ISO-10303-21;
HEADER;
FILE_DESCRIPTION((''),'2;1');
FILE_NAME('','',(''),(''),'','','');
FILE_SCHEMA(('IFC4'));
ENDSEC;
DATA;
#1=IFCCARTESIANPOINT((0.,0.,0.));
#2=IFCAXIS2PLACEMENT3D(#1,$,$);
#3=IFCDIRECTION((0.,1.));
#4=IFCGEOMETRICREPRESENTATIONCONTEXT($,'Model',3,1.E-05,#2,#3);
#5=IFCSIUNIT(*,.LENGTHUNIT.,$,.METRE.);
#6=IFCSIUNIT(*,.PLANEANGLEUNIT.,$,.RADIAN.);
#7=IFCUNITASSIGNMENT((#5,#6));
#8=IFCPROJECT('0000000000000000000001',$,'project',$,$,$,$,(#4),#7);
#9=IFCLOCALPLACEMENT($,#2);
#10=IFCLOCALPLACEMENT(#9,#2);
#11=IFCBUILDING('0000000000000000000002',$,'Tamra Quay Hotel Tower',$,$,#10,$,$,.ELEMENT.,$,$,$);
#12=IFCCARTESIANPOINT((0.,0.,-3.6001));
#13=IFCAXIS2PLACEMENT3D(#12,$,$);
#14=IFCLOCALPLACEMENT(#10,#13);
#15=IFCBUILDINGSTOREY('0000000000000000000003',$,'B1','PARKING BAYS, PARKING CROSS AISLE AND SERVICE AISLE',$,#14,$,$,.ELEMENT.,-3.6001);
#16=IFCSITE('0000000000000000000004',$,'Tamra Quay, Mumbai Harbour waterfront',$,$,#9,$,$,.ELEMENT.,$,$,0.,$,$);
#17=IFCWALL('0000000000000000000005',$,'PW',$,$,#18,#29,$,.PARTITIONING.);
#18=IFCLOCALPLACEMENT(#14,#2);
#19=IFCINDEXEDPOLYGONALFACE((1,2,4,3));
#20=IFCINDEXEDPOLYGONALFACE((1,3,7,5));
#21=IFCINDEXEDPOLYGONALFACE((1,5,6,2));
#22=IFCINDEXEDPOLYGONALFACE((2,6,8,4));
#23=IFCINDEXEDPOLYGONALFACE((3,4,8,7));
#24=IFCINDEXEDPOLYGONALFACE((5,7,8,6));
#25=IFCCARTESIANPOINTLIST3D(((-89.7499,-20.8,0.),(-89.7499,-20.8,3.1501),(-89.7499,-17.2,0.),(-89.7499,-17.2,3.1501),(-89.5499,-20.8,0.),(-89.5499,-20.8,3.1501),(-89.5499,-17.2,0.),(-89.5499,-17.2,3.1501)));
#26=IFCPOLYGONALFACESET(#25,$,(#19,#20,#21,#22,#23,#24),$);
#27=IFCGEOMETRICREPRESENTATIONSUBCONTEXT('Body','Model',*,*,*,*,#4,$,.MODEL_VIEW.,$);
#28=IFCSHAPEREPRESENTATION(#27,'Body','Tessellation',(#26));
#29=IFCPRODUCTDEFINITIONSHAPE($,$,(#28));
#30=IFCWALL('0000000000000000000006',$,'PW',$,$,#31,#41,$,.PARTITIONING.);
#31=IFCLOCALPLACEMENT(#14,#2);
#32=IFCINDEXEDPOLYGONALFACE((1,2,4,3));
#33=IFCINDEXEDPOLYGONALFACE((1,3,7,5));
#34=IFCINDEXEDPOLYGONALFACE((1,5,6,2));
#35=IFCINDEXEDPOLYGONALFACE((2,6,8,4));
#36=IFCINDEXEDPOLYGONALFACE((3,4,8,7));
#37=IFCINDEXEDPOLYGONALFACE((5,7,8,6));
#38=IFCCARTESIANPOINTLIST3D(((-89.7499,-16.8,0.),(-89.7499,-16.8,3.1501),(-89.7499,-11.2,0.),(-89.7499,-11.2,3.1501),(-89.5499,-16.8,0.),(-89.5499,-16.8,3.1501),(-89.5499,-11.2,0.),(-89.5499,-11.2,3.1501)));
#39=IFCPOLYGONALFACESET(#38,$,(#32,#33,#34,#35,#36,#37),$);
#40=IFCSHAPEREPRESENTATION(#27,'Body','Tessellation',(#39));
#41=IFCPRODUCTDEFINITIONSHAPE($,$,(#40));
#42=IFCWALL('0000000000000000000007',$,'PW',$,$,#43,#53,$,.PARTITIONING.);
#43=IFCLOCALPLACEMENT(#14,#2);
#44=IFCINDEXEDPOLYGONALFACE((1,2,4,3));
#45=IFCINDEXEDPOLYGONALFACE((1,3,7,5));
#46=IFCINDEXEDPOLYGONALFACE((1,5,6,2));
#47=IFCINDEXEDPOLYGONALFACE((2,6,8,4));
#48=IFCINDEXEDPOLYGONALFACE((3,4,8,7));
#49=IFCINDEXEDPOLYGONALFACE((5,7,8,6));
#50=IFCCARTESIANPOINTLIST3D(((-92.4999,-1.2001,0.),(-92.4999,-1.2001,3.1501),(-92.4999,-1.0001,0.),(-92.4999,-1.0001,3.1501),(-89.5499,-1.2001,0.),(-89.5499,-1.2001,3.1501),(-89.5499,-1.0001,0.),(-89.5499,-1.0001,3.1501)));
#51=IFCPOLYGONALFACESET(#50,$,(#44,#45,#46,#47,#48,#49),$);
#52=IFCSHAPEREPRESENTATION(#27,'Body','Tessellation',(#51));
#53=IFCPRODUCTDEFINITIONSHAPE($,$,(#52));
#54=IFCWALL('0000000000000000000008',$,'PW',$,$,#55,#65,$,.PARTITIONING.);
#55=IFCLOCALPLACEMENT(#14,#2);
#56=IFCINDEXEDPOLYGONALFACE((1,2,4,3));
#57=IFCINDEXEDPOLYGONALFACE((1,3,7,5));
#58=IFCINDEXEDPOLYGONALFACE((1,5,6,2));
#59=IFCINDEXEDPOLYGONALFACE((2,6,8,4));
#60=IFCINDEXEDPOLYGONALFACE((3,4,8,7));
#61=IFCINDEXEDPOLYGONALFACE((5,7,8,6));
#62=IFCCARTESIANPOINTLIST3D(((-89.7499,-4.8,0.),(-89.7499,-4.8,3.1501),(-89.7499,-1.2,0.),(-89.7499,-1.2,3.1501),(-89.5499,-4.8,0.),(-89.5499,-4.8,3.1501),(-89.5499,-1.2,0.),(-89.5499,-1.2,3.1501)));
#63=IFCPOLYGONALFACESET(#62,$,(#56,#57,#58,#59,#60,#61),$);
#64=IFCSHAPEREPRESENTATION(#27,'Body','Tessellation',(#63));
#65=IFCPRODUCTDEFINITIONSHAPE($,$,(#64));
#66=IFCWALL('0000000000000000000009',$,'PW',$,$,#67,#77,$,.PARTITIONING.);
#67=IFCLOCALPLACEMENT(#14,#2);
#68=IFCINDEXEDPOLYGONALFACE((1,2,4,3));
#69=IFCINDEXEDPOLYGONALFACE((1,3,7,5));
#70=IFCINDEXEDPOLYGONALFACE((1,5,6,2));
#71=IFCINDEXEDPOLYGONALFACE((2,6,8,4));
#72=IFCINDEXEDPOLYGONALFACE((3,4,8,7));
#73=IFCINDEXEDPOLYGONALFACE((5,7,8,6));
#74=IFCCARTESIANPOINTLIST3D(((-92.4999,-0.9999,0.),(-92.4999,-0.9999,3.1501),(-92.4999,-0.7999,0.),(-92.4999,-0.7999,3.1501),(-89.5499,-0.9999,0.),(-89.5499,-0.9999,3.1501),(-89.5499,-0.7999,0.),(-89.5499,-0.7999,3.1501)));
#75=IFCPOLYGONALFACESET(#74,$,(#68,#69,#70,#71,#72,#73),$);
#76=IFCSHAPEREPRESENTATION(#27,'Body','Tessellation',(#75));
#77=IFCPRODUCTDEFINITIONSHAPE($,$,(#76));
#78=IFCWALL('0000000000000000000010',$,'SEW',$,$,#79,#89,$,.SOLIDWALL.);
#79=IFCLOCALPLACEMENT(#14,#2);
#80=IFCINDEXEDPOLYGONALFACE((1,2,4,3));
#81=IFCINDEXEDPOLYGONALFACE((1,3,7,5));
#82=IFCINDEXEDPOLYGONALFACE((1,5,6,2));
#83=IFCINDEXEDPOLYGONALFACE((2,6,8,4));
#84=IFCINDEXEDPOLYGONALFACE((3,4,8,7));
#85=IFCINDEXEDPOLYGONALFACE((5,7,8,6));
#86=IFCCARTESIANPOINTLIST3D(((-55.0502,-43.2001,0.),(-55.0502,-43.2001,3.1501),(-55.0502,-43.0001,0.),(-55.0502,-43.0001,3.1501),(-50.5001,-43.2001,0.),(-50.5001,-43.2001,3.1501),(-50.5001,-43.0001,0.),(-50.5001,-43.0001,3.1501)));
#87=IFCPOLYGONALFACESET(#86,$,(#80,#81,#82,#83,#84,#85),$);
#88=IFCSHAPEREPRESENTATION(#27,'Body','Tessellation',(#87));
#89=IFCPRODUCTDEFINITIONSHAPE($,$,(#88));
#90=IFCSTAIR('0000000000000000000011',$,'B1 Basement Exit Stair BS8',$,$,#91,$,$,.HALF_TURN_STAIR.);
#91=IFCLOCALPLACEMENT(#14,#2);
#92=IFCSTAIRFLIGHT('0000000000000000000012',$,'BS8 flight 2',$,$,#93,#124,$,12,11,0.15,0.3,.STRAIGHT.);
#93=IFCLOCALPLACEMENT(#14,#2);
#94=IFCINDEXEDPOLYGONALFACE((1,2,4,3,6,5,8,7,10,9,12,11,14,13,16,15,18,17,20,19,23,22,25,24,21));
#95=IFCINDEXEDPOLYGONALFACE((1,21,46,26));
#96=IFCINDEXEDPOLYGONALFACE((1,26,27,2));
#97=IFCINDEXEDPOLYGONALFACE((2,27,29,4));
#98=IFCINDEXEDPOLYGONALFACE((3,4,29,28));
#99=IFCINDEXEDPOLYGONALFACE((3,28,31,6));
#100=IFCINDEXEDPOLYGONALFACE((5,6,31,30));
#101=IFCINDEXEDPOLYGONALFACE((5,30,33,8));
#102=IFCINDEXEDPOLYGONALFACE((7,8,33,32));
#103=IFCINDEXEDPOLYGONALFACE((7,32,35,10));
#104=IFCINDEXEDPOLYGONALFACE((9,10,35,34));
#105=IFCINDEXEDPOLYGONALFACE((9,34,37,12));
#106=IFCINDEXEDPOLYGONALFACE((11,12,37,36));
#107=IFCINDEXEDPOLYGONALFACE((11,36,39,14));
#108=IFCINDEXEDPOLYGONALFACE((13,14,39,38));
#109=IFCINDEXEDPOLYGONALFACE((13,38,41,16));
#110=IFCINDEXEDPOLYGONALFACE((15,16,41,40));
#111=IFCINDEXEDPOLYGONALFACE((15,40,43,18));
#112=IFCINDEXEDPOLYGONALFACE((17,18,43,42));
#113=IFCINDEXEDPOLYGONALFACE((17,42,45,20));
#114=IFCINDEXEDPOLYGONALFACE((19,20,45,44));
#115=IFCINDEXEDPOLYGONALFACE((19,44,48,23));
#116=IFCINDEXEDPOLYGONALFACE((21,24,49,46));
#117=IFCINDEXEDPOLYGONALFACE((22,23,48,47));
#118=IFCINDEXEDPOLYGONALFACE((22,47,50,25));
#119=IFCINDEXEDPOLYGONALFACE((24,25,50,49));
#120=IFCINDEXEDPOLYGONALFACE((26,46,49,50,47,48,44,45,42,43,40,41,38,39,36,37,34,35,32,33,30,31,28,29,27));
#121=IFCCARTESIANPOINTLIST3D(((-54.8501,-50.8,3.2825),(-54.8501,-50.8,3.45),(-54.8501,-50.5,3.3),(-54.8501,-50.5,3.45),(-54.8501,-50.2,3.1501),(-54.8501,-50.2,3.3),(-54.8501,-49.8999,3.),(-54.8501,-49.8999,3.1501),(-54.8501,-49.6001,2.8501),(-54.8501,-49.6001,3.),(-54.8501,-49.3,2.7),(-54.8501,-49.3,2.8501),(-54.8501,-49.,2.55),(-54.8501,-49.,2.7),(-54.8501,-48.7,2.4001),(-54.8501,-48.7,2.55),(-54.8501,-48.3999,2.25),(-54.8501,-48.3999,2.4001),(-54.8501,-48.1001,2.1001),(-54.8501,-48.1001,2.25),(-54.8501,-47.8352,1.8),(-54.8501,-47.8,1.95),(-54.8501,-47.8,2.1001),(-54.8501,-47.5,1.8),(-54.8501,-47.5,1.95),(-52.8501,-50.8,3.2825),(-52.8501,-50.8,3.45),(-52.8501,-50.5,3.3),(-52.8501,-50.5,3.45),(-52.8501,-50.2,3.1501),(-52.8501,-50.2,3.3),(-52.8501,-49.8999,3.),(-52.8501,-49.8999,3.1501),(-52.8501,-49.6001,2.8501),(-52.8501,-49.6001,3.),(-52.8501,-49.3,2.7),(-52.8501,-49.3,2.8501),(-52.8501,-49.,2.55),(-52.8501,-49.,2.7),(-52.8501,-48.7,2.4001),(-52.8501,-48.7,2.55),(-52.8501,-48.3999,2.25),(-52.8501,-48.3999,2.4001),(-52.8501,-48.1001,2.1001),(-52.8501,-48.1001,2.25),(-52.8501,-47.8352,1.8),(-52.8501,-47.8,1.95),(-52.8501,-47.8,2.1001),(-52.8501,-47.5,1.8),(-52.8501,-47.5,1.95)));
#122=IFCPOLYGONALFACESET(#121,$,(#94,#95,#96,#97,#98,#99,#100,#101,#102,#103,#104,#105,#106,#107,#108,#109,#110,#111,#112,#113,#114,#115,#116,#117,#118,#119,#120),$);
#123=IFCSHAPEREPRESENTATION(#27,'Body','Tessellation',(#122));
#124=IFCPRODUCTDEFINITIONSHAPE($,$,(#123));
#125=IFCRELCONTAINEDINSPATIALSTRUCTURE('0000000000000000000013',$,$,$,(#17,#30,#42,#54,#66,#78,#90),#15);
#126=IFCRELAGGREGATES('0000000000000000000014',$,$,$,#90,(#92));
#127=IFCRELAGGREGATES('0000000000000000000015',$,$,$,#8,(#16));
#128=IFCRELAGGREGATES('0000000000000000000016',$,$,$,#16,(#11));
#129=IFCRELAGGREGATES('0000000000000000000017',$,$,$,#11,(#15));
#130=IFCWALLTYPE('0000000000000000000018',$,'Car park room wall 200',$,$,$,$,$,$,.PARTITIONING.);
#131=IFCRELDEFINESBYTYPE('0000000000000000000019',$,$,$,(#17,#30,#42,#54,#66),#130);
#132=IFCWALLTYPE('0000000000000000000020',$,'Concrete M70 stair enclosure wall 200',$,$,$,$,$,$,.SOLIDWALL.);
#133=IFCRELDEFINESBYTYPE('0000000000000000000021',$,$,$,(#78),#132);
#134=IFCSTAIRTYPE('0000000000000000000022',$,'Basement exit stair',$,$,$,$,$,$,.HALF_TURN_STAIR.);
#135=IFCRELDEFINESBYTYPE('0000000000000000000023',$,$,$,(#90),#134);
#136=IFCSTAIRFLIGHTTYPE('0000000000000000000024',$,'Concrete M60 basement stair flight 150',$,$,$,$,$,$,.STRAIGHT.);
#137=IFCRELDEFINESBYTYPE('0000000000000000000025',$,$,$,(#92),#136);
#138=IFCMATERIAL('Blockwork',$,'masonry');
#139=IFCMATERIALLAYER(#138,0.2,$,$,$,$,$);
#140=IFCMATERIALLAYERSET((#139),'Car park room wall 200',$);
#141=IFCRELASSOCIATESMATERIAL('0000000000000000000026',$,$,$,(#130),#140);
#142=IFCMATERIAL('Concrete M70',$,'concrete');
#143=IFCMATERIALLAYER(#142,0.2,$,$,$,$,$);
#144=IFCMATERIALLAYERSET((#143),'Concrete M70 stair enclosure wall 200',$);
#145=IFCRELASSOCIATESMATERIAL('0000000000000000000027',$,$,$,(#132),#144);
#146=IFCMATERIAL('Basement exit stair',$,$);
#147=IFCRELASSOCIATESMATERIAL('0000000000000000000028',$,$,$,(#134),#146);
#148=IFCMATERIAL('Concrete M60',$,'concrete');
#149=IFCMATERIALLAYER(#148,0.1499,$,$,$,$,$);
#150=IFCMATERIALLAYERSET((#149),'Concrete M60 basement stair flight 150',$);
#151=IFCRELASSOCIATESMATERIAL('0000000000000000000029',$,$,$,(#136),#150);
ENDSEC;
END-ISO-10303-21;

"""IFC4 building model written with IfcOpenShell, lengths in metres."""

from ifc_helpers import new_model, si_unit, direction, frame, frame_2d, origin, place, context, subcontext, project, spatial, polyline, rectangle, outline, extrude, material, layer, layer_set, type_object, element, aggregate, save


model = new_model("IFC4")

# Units and contexts
model_context = context("Model", 3, precision=1e-05, world=origin(), true_north=direction((0.0, 1.0)))
body_context = subcontext(model_context, "Body", "Model", "MODEL_VIEW")
ifc_project = project(units=[si_unit("LENGTHUNIT", "METRE"), si_unit("PLANEANGLEUNIT", "RADIAN")], contexts=[model_context])

# Site, building, storey
site_placement = place(None, origin())
site = spatial("IfcSite", under=ifc_project, at=site_placement, Name="Tamra Quay, Mumbai Harbour waterfront", CompositionType="ELEMENT", RefElevation=0.0)
building_placement = place(site_placement, origin())
building = spatial("IfcBuilding", under=site, at=building_placement, Name="Tamra Quay Hotel Tower", CompositionType="ELEMENT")
storey_placement = place(building_placement, frame((0.0, 0.0, -3.6001)))
storey = spatial("IfcBuildingStorey", under=building, at=storey_placement, Name="B1", Description="PARKING BAYS, PARKING CROSS AISLE AND SERVICE AISLE", CompositionType="ELEMENT", Elevation=-3.6001)

# Shared definitions
ifc_material_1 = material(Name="Concrete M70", Category="concrete")

# Shared definitions
ifc_material_2 = material(Name="Blockwork", Category="masonry")
ifc_layer_1 = layer(ifc_material_2, 0.2)
ifc_layer_set_1 = layer_set([ifc_layer_1], Name="Car park room wall 200")
wall_type_1 = type_object("IfcWallType", Name="Car park room wall 200", PredefinedType="PARTITIONING", material=ifc_layer_set_1)

# Walls
wall_1_placement = place(storey_placement, frame((-89.6499, -20.8, 0.0), z_axis=(0.0, 0.0, 1.0), x_axis=(0.0, 1.0, 0.0)))
element("IfcWall", 1, at=wall_1_placement, inside=storey, type_object=wall_type_1, Name="PW", PredefinedType="PARTITIONING", context=body_context, shape_type="SweptSolid", body=[
    extrude(rectangle(XDim=3.6001, YDim=0.2, at=frame_2d((1.8, 0.0))), origin(), (0.0, 0.0, 1.0), 3.1501),
])
wall_2_placement = place(storey_placement, frame((-89.6499, -16.8, 0.0), z_axis=(0.0, 0.0, 1.0), x_axis=(0.0, 1.0, 0.0)))
element("IfcWall", 2, at=wall_2_placement, inside=storey, type_object=wall_type_1, Name="PW", PredefinedType="PARTITIONING", context=body_context, shape_type="SweptSolid", body=[
    extrude(rectangle(XDim=5.6001, YDim=0.2, at=frame_2d((2.8, 0.0))), origin(), (0.0, 0.0, 1.0), 3.1501),
])
wall_3_placement = place(storey_placement, frame((-92.5, -1.1001, 0.0), z_axis=(0.0, 0.0, 1.0), x_axis=(1.0, 0.0, 0.0)))
element("IfcWall", 3, at=wall_3_placement, inside=storey, type_object=wall_type_1, Name="PW", PredefinedType="PARTITIONING", context=body_context, shape_type="SweptSolid", body=[
    extrude(rectangle(XDim=2.95, YDim=0.2, at=frame_2d((1.4751, 0.0))), origin(), (0.0, 0.0, 1.0), 3.1501),
])
wall_4_placement = place(storey_placement, frame((-89.6499, -4.8, 0.0), z_axis=(0.0, 0.0, 1.0), x_axis=(0.0, 1.0, 0.0)))
element("IfcWall", 4, at=wall_4_placement, inside=storey, type_object=wall_type_1, Name="PW", PredefinedType="PARTITIONING", context=body_context, shape_type="SweptSolid", body=[
    extrude(rectangle(XDim=3.6001, YDim=0.2, at=frame_2d((1.8, 0.0))), origin(), (0.0, 0.0, 1.0), 3.1501),
])
wall_5_placement = place(storey_placement, frame((-92.5, -0.8999, 0.0), z_axis=(0.0, 0.0, 1.0), x_axis=(1.0, 0.0, 0.0)))
element("IfcWall", 5, at=wall_5_placement, inside=storey, type_object=wall_type_1, Name="PW", PredefinedType="PARTITIONING", context=body_context, shape_type="SweptSolid", body=[
    extrude(rectangle(XDim=2.95, YDim=0.2, at=frame_2d((1.4751, 0.0))), origin(), (0.0, 0.0, 1.0), 3.1501),
])
ifc_layer_2 = layer(ifc_material_1, 0.2)
ifc_layer_set_2 = layer_set([ifc_layer_2], Name="Concrete M70 stair enclosure wall 200")
wall_type_2 = type_object("IfcWallType", Name="Concrete M70 stair enclosure wall 200", PredefinedType="SOLIDWALL", material=ifc_layer_set_2)
wall_6_placement = place(storey_placement, frame((-55.05, -43.1001, 0.0), z_axis=(0.0, 0.0, 1.0), x_axis=(1.0, 0.0, 0.0)))
element("IfcWall", 6, at=wall_6_placement, inside=storey, type_object=wall_type_2, Name="SEW", PredefinedType="SOLIDWALL", context=body_context, shape_type="SweptSolid", body=[
    extrude(rectangle(XDim=4.55, YDim=0.2, at=frame_2d((2.2749, 0.0))), origin(), (0.0, 0.0, 1.0), 3.1501),
])

# Stair, stair flight
ifc_material_3 = material(Name="Basement exit stair")
stair_type = type_object("IfcStairType", Name="Basement exit stair", PredefinedType="HALF_TURN_STAIR", material=ifc_material_3)
stair_placement = place(storey_placement, origin())
stair = element("IfcStair", 7, at=stair_placement, inside=storey, type_object=stair_type, Name="B1 Basement Exit Stair BS8", PredefinedType="HALF_TURN_STAIR")
ifc_material_4 = material(Name="Concrete M60", Category="concrete")
ifc_layer_3 = layer(ifc_material_4, 0.1499)
ifc_layer_set_3 = layer_set([ifc_layer_3], Name="Concrete M60 basement stair flight 150")
stair_flight_type = type_object("IfcStairFlightType", Name="Concrete M60 basement stair flight 150", PredefinedType="STRAIGHT", material=ifc_layer_set_3)
stair_flight_placement = place(storey_placement, frame((-53.8501, -47.5, 1.8), z_axis=(0.0, 0.0, 1.0), x_axis=(0.0, -1.0, 0.0)))
stair_flight = element("IfcStairFlight", 8, at=stair_flight_placement, type_object=stair_flight_type, Name="BS8 flight 2", NumberOfRisers=12, NumberOfTreads=11, PredefinedType="STRAIGHT", RiserHeight=0.15, TreadLength=0.3, context=body_context, shape_type="SweptSolid", body=[
    extrude(outline(polyline([(0.0, 0.0), (0.0, 0.1499), (0.3, 0.1499), (0.3, 0.3), (0.6001, 0.3), (0.6001, 0.45), (0.8999, 0.45), (0.8999, 0.6001), (1.2, 0.6001), (1.2, 0.75), (1.5, 0.75), (1.5, 0.8999), (1.8, 0.8999), (1.8, 1.05), (2.1001, 1.05), (2.1001, 1.2), (2.3999, 1.2), (2.3999, 1.3501), (2.7, 1.3501), (2.7, 1.5), (3.0, 1.5), (3.0, 1.6499), (3.3, 1.6499), (3.3, 1.8), (3.3, 1.4824), (0.3352, 0.0), (0.0, 0.0)])), frame((0.0, 1.0, 0.0), z_axis=(0.0, -1.0, 0.0), x_axis=(1.0, 0.0, 0.0)), (0.0, 0.0, 1.0), 2.0),
])
aggregate(stair, [stair_flight])

save(model, "model.ifc")
